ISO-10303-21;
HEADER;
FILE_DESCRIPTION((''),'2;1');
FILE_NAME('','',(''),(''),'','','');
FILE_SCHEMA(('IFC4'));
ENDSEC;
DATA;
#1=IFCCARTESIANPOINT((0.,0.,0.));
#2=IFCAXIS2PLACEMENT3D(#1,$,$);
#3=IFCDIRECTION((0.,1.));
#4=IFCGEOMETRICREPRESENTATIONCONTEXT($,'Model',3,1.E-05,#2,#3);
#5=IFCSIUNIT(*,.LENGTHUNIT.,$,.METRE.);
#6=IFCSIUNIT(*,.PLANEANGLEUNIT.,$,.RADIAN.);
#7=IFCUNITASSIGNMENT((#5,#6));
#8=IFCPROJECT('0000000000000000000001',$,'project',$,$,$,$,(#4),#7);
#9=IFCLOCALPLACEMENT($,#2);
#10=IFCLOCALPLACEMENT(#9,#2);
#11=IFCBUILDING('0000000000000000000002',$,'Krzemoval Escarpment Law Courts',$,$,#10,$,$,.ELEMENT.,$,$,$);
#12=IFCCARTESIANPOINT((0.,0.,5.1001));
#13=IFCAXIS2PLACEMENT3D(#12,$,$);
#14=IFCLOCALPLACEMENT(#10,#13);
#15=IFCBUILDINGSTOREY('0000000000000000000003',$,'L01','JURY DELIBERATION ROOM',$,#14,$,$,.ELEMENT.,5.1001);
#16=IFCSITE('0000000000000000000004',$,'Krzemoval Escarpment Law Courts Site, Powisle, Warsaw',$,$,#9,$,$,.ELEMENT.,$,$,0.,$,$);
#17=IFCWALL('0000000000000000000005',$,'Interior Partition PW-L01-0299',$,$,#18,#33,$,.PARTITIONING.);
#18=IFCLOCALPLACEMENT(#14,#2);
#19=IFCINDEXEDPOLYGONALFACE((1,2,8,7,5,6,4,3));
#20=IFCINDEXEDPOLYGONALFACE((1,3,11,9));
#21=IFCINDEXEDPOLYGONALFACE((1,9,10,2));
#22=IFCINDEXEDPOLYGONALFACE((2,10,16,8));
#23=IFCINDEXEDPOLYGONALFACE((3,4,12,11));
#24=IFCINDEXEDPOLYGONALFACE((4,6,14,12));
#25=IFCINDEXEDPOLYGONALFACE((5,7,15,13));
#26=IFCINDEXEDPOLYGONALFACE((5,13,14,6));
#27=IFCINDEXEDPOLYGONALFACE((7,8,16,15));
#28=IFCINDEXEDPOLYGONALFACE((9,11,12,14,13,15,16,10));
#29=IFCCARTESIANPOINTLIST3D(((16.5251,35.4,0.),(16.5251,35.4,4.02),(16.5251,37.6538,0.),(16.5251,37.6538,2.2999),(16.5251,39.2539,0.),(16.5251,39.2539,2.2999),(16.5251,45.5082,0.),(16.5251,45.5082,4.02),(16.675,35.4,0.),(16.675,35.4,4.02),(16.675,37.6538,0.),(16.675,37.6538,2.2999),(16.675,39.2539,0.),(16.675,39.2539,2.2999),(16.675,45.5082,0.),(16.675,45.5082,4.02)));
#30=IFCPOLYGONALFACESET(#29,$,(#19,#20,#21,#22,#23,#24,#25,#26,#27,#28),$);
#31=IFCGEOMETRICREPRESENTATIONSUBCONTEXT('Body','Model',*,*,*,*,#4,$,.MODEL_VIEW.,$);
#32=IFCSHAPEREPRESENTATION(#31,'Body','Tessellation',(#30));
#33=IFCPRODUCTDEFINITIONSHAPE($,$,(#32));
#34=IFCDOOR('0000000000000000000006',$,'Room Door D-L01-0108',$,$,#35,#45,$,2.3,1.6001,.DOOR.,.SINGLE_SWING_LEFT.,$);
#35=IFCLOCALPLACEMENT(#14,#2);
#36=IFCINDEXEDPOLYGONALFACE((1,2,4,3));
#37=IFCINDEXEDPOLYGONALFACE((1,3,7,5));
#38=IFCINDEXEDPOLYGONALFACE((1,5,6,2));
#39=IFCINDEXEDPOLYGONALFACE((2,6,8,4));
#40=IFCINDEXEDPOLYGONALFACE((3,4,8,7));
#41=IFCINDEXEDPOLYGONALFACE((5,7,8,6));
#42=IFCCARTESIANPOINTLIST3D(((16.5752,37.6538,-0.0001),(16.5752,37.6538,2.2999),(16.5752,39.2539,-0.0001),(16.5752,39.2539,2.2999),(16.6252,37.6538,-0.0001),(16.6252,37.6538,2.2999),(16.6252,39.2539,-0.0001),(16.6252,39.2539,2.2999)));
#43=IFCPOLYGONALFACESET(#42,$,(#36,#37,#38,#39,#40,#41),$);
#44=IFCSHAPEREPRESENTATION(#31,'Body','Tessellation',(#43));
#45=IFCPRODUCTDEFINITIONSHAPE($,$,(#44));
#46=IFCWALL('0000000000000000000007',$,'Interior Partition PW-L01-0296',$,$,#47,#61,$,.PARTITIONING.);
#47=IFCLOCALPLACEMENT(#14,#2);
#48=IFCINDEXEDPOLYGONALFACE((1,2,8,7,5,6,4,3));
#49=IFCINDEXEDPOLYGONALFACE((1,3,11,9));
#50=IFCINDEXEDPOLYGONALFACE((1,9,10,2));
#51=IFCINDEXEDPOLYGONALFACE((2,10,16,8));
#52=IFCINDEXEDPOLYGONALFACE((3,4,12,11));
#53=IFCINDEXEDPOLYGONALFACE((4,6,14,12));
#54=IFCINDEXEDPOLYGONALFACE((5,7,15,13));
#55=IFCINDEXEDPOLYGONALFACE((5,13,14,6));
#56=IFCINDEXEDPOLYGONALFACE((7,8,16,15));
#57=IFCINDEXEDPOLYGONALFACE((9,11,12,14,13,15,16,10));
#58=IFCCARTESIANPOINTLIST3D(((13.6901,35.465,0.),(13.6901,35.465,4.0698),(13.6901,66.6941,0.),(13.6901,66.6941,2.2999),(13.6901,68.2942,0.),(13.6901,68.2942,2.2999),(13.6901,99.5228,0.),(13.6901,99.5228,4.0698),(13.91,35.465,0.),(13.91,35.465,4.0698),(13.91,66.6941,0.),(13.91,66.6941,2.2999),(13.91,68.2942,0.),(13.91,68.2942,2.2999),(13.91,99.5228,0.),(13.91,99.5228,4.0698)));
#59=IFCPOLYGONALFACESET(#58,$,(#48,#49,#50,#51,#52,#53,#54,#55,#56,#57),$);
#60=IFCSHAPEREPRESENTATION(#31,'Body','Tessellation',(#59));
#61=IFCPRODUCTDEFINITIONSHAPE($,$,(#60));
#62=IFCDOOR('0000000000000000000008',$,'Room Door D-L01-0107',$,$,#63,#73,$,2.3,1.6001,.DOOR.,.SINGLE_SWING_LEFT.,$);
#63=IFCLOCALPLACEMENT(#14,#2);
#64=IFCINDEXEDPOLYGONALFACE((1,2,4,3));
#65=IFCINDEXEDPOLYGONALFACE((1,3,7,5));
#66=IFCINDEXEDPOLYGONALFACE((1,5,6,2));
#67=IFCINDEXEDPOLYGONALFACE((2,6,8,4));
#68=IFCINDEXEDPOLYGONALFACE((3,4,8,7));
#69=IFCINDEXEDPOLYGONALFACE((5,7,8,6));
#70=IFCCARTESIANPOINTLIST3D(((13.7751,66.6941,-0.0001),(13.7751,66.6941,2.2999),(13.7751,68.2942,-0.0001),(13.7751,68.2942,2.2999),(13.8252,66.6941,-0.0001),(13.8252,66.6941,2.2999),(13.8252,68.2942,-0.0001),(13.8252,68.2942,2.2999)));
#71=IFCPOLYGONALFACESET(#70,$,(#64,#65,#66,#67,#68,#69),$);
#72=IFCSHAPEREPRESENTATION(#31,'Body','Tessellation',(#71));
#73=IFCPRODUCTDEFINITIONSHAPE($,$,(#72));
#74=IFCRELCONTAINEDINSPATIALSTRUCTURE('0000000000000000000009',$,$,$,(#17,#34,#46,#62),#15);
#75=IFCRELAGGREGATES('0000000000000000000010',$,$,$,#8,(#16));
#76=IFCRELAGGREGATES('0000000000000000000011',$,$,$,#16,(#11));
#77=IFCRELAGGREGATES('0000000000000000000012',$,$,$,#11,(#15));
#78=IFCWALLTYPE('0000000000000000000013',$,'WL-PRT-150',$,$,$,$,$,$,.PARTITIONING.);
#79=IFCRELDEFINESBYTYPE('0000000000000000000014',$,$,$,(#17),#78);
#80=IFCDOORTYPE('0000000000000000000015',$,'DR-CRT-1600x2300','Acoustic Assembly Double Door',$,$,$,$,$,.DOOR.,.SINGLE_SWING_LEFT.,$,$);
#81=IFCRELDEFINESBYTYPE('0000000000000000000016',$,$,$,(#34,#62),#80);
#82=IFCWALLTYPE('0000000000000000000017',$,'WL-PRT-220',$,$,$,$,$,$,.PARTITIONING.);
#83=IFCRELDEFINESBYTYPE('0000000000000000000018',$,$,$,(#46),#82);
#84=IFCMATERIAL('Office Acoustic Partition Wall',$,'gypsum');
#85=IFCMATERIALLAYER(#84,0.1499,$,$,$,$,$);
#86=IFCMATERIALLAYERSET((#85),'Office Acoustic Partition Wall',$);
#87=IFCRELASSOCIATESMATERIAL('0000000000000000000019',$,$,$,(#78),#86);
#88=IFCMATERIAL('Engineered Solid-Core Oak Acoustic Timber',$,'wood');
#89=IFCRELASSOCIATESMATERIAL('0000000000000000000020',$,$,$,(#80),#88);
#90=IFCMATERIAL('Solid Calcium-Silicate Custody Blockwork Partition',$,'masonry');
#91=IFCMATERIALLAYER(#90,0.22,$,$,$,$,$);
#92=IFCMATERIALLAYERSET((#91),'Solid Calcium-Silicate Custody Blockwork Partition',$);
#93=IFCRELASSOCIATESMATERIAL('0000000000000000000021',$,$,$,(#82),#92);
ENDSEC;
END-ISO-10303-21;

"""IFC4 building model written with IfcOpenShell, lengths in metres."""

from ifc_helpers import new_model, si_unit, direction, frame, frame_2d, origin, place, context, subcontext, project, spatial, rectangle, extrude, material, layer, layer_set, type_object, element, fill, save


model = new_model("IFC4")

# Units and contexts
model_context = context("Model", 3, precision=1e-05, world=origin(), true_north=direction((0.0, 1.0)))
body_context = subcontext(model_context, "Body", "Model", "MODEL_VIEW")
ifc_project = project(units=[si_unit("LENGTHUNIT", "METRE"), si_unit("PLANEANGLEUNIT", "RADIAN")], contexts=[model_context])

# Site, building, storey
site_placement = place(None, origin())
site = spatial("IfcSite", under=ifc_project, at=site_placement, Name="Krzemoval Escarpment Law Courts Site, Powisle, Warsaw", CompositionType="ELEMENT", RefElevation=0.0)
building_placement = place(site_placement, origin())
building = spatial("IfcBuilding", under=site, at=building_placement, Name="Krzemoval Escarpment Law Courts", CompositionType="ELEMENT")
storey_placement = place(building_placement, frame((0.0, 0.0, 5.1001)))
storey = spatial("IfcBuildingStorey", under=building, at=storey_placement, Name="L01", Description="JURY DELIBERATION ROOM", CompositionType="ELEMENT", Elevation=5.1001)

# Walls, openings, doors
ifc_material_1 = material(Name="Office Acoustic Partition Wall", Category="gypsum")
ifc_layer_1 = layer(ifc_material_1, 0.1499)
ifc_layer_set_1 = layer_set([ifc_layer_1], Name="Office Acoustic Partition Wall")
wall_type_1 = type_object("IfcWallType", Name="WL-PRT-150", PredefinedType="PARTITIONING", material=ifc_layer_set_1)
wall_1_placement = place(storey_placement, frame((16.6001, 35.3999, 0.0), z_axis=(0.0, 0.0, 1.0), x_axis=(0.0, 1.0, 0.0)))
wall_1 = element("IfcWall", 1, at=wall_1_placement, inside=storey, type_object=wall_type_1, Name="Interior Partition PW-L01-0299", PredefinedType="PARTITIONING", context=body_context, shape_type="SweptSolid", body=[
    extrude(rectangle(XDim=10.1082, YDim=0.1499, at=frame_2d((5.0542, 0.0))), origin(), (0.0, 0.0, 1.0), 4.02),
])
opening_1_placement = place(wall_1_placement, frame((2.2539, 0.0, 0.0)))
opening_1 = element("IfcOpeningElement", 2, at=opening_1_placement, cuts=wall_1, PredefinedType="OPENING", context=body_context, shape_type="SweptSolid", body=[
    extrude(rectangle(XDim=1.6001, YDim=2.3, at=frame_2d((0.8, 1.1499))), frame((0.0, 0.09, 0.0), z_axis=(0.0, -1.0, 0.0), x_axis=(1.0, 0.0, 0.0)), (0.0, 0.0, 1.0), 0.1799),
])
ifc_material_2 = material(Name="Engineered Solid-Core Oak Acoustic Timber", Category="wood")
door_type_1 = type_object("IfcDoorType", Name="DR-CRT-1600x2300", Description="Acoustic Assembly Double Door", OperationType="SINGLE_SWING_LEFT", PredefinedType="DOOR", material=ifc_material_2)
door_1_placement = place(opening_1_placement, origin())
door_1 = element("IfcDoor", 3, at=door_1_placement, inside=storey, type_object=door_type_1, Name="Room Door D-L01-0108", OperationType="SINGLE_SWING_LEFT", OverallHeight=2.3, OverallWidth=1.6001, PredefinedType="DOOR", context=body_context, shape_type="SweptSolid", body=[
    extrude(rectangle(XDim=1.6001, YDim=2.3, at=frame_2d((0.8, 1.1499))), frame((0.0, 0.0249, 0.0), z_axis=(0.0, -1.0, 0.0), x_axis=(1.0, 0.0, 0.0)), (0.0, 0.0, 1.0), 0.05),
])
fill(opening_1, door_1)
ifc_material_3 = material(Name="Solid Calcium-Silicate Custody Blockwork Partition", Category="masonry")
ifc_layer_2 = layer(ifc_material_3, 0.22)
ifc_layer_set_2 = layer_set([ifc_layer_2], Name="Solid Calcium-Silicate Custody Blockwork Partition")
wall_type_2 = type_object("IfcWallType", Name="WL-PRT-220", PredefinedType="PARTITIONING", material=ifc_layer_set_2)
wall_2_placement = place(storey_placement, frame((13.8, 35.4651, 0.0), z_axis=(0.0, 0.0, 1.0), x_axis=(0.0, 1.0, 0.0)))
wall_2 = element("IfcWall", 4, at=wall_2_placement, inside=storey, type_object=wall_type_2, Name="Interior Partition PW-L01-0296", PredefinedType="PARTITIONING", context=body_context, shape_type="SweptSolid", body=[
    extrude(rectangle(XDim=64.0579, YDim=0.22, at=frame_2d((32.0288, 0.0))), origin(), (0.0, 0.0, 1.0), 4.0698),
])
opening_2_placement = place(wall_2_placement, frame((31.229, 0.0, 0.0)))
opening_2 = element("IfcOpeningElement", 5, at=opening_2_placement, cuts=wall_2, PredefinedType="OPENING", context=body_context, shape_type="SweptSolid", body=[
    extrude(rectangle(XDim=1.6001, YDim=2.3, at=frame_2d((0.8, 1.1499))), frame((0.0, 0.125, 0.0), z_axis=(0.0, -1.0, 0.0), x_axis=(1.0, 0.0, 0.0)), (0.0, 0.0, 1.0), 0.25),
])
door_2_placement = place(opening_2_placement, origin())
door_2 = element("IfcDoor", 6, at=door_2_placement, inside=storey, type_object=door_type_1, Name="Room Door D-L01-0107", OperationType="SINGLE_SWING_LEFT", OverallHeight=2.3, OverallWidth=1.6001, PredefinedType="DOOR", context=body_context, shape_type="SweptSolid", body=[
    extrude(rectangle(XDim=1.6001, YDim=2.3, at=frame_2d((0.8, 1.1499))), frame((0.0, 0.0249, 0.0), z_axis=(0.0, -1.0, 0.0), x_axis=(1.0, 0.0, 0.0)), (0.0, 0.0, 1.0), 0.05),
])
fill(opening_2, door_2)

save(model, "model.ifc")
